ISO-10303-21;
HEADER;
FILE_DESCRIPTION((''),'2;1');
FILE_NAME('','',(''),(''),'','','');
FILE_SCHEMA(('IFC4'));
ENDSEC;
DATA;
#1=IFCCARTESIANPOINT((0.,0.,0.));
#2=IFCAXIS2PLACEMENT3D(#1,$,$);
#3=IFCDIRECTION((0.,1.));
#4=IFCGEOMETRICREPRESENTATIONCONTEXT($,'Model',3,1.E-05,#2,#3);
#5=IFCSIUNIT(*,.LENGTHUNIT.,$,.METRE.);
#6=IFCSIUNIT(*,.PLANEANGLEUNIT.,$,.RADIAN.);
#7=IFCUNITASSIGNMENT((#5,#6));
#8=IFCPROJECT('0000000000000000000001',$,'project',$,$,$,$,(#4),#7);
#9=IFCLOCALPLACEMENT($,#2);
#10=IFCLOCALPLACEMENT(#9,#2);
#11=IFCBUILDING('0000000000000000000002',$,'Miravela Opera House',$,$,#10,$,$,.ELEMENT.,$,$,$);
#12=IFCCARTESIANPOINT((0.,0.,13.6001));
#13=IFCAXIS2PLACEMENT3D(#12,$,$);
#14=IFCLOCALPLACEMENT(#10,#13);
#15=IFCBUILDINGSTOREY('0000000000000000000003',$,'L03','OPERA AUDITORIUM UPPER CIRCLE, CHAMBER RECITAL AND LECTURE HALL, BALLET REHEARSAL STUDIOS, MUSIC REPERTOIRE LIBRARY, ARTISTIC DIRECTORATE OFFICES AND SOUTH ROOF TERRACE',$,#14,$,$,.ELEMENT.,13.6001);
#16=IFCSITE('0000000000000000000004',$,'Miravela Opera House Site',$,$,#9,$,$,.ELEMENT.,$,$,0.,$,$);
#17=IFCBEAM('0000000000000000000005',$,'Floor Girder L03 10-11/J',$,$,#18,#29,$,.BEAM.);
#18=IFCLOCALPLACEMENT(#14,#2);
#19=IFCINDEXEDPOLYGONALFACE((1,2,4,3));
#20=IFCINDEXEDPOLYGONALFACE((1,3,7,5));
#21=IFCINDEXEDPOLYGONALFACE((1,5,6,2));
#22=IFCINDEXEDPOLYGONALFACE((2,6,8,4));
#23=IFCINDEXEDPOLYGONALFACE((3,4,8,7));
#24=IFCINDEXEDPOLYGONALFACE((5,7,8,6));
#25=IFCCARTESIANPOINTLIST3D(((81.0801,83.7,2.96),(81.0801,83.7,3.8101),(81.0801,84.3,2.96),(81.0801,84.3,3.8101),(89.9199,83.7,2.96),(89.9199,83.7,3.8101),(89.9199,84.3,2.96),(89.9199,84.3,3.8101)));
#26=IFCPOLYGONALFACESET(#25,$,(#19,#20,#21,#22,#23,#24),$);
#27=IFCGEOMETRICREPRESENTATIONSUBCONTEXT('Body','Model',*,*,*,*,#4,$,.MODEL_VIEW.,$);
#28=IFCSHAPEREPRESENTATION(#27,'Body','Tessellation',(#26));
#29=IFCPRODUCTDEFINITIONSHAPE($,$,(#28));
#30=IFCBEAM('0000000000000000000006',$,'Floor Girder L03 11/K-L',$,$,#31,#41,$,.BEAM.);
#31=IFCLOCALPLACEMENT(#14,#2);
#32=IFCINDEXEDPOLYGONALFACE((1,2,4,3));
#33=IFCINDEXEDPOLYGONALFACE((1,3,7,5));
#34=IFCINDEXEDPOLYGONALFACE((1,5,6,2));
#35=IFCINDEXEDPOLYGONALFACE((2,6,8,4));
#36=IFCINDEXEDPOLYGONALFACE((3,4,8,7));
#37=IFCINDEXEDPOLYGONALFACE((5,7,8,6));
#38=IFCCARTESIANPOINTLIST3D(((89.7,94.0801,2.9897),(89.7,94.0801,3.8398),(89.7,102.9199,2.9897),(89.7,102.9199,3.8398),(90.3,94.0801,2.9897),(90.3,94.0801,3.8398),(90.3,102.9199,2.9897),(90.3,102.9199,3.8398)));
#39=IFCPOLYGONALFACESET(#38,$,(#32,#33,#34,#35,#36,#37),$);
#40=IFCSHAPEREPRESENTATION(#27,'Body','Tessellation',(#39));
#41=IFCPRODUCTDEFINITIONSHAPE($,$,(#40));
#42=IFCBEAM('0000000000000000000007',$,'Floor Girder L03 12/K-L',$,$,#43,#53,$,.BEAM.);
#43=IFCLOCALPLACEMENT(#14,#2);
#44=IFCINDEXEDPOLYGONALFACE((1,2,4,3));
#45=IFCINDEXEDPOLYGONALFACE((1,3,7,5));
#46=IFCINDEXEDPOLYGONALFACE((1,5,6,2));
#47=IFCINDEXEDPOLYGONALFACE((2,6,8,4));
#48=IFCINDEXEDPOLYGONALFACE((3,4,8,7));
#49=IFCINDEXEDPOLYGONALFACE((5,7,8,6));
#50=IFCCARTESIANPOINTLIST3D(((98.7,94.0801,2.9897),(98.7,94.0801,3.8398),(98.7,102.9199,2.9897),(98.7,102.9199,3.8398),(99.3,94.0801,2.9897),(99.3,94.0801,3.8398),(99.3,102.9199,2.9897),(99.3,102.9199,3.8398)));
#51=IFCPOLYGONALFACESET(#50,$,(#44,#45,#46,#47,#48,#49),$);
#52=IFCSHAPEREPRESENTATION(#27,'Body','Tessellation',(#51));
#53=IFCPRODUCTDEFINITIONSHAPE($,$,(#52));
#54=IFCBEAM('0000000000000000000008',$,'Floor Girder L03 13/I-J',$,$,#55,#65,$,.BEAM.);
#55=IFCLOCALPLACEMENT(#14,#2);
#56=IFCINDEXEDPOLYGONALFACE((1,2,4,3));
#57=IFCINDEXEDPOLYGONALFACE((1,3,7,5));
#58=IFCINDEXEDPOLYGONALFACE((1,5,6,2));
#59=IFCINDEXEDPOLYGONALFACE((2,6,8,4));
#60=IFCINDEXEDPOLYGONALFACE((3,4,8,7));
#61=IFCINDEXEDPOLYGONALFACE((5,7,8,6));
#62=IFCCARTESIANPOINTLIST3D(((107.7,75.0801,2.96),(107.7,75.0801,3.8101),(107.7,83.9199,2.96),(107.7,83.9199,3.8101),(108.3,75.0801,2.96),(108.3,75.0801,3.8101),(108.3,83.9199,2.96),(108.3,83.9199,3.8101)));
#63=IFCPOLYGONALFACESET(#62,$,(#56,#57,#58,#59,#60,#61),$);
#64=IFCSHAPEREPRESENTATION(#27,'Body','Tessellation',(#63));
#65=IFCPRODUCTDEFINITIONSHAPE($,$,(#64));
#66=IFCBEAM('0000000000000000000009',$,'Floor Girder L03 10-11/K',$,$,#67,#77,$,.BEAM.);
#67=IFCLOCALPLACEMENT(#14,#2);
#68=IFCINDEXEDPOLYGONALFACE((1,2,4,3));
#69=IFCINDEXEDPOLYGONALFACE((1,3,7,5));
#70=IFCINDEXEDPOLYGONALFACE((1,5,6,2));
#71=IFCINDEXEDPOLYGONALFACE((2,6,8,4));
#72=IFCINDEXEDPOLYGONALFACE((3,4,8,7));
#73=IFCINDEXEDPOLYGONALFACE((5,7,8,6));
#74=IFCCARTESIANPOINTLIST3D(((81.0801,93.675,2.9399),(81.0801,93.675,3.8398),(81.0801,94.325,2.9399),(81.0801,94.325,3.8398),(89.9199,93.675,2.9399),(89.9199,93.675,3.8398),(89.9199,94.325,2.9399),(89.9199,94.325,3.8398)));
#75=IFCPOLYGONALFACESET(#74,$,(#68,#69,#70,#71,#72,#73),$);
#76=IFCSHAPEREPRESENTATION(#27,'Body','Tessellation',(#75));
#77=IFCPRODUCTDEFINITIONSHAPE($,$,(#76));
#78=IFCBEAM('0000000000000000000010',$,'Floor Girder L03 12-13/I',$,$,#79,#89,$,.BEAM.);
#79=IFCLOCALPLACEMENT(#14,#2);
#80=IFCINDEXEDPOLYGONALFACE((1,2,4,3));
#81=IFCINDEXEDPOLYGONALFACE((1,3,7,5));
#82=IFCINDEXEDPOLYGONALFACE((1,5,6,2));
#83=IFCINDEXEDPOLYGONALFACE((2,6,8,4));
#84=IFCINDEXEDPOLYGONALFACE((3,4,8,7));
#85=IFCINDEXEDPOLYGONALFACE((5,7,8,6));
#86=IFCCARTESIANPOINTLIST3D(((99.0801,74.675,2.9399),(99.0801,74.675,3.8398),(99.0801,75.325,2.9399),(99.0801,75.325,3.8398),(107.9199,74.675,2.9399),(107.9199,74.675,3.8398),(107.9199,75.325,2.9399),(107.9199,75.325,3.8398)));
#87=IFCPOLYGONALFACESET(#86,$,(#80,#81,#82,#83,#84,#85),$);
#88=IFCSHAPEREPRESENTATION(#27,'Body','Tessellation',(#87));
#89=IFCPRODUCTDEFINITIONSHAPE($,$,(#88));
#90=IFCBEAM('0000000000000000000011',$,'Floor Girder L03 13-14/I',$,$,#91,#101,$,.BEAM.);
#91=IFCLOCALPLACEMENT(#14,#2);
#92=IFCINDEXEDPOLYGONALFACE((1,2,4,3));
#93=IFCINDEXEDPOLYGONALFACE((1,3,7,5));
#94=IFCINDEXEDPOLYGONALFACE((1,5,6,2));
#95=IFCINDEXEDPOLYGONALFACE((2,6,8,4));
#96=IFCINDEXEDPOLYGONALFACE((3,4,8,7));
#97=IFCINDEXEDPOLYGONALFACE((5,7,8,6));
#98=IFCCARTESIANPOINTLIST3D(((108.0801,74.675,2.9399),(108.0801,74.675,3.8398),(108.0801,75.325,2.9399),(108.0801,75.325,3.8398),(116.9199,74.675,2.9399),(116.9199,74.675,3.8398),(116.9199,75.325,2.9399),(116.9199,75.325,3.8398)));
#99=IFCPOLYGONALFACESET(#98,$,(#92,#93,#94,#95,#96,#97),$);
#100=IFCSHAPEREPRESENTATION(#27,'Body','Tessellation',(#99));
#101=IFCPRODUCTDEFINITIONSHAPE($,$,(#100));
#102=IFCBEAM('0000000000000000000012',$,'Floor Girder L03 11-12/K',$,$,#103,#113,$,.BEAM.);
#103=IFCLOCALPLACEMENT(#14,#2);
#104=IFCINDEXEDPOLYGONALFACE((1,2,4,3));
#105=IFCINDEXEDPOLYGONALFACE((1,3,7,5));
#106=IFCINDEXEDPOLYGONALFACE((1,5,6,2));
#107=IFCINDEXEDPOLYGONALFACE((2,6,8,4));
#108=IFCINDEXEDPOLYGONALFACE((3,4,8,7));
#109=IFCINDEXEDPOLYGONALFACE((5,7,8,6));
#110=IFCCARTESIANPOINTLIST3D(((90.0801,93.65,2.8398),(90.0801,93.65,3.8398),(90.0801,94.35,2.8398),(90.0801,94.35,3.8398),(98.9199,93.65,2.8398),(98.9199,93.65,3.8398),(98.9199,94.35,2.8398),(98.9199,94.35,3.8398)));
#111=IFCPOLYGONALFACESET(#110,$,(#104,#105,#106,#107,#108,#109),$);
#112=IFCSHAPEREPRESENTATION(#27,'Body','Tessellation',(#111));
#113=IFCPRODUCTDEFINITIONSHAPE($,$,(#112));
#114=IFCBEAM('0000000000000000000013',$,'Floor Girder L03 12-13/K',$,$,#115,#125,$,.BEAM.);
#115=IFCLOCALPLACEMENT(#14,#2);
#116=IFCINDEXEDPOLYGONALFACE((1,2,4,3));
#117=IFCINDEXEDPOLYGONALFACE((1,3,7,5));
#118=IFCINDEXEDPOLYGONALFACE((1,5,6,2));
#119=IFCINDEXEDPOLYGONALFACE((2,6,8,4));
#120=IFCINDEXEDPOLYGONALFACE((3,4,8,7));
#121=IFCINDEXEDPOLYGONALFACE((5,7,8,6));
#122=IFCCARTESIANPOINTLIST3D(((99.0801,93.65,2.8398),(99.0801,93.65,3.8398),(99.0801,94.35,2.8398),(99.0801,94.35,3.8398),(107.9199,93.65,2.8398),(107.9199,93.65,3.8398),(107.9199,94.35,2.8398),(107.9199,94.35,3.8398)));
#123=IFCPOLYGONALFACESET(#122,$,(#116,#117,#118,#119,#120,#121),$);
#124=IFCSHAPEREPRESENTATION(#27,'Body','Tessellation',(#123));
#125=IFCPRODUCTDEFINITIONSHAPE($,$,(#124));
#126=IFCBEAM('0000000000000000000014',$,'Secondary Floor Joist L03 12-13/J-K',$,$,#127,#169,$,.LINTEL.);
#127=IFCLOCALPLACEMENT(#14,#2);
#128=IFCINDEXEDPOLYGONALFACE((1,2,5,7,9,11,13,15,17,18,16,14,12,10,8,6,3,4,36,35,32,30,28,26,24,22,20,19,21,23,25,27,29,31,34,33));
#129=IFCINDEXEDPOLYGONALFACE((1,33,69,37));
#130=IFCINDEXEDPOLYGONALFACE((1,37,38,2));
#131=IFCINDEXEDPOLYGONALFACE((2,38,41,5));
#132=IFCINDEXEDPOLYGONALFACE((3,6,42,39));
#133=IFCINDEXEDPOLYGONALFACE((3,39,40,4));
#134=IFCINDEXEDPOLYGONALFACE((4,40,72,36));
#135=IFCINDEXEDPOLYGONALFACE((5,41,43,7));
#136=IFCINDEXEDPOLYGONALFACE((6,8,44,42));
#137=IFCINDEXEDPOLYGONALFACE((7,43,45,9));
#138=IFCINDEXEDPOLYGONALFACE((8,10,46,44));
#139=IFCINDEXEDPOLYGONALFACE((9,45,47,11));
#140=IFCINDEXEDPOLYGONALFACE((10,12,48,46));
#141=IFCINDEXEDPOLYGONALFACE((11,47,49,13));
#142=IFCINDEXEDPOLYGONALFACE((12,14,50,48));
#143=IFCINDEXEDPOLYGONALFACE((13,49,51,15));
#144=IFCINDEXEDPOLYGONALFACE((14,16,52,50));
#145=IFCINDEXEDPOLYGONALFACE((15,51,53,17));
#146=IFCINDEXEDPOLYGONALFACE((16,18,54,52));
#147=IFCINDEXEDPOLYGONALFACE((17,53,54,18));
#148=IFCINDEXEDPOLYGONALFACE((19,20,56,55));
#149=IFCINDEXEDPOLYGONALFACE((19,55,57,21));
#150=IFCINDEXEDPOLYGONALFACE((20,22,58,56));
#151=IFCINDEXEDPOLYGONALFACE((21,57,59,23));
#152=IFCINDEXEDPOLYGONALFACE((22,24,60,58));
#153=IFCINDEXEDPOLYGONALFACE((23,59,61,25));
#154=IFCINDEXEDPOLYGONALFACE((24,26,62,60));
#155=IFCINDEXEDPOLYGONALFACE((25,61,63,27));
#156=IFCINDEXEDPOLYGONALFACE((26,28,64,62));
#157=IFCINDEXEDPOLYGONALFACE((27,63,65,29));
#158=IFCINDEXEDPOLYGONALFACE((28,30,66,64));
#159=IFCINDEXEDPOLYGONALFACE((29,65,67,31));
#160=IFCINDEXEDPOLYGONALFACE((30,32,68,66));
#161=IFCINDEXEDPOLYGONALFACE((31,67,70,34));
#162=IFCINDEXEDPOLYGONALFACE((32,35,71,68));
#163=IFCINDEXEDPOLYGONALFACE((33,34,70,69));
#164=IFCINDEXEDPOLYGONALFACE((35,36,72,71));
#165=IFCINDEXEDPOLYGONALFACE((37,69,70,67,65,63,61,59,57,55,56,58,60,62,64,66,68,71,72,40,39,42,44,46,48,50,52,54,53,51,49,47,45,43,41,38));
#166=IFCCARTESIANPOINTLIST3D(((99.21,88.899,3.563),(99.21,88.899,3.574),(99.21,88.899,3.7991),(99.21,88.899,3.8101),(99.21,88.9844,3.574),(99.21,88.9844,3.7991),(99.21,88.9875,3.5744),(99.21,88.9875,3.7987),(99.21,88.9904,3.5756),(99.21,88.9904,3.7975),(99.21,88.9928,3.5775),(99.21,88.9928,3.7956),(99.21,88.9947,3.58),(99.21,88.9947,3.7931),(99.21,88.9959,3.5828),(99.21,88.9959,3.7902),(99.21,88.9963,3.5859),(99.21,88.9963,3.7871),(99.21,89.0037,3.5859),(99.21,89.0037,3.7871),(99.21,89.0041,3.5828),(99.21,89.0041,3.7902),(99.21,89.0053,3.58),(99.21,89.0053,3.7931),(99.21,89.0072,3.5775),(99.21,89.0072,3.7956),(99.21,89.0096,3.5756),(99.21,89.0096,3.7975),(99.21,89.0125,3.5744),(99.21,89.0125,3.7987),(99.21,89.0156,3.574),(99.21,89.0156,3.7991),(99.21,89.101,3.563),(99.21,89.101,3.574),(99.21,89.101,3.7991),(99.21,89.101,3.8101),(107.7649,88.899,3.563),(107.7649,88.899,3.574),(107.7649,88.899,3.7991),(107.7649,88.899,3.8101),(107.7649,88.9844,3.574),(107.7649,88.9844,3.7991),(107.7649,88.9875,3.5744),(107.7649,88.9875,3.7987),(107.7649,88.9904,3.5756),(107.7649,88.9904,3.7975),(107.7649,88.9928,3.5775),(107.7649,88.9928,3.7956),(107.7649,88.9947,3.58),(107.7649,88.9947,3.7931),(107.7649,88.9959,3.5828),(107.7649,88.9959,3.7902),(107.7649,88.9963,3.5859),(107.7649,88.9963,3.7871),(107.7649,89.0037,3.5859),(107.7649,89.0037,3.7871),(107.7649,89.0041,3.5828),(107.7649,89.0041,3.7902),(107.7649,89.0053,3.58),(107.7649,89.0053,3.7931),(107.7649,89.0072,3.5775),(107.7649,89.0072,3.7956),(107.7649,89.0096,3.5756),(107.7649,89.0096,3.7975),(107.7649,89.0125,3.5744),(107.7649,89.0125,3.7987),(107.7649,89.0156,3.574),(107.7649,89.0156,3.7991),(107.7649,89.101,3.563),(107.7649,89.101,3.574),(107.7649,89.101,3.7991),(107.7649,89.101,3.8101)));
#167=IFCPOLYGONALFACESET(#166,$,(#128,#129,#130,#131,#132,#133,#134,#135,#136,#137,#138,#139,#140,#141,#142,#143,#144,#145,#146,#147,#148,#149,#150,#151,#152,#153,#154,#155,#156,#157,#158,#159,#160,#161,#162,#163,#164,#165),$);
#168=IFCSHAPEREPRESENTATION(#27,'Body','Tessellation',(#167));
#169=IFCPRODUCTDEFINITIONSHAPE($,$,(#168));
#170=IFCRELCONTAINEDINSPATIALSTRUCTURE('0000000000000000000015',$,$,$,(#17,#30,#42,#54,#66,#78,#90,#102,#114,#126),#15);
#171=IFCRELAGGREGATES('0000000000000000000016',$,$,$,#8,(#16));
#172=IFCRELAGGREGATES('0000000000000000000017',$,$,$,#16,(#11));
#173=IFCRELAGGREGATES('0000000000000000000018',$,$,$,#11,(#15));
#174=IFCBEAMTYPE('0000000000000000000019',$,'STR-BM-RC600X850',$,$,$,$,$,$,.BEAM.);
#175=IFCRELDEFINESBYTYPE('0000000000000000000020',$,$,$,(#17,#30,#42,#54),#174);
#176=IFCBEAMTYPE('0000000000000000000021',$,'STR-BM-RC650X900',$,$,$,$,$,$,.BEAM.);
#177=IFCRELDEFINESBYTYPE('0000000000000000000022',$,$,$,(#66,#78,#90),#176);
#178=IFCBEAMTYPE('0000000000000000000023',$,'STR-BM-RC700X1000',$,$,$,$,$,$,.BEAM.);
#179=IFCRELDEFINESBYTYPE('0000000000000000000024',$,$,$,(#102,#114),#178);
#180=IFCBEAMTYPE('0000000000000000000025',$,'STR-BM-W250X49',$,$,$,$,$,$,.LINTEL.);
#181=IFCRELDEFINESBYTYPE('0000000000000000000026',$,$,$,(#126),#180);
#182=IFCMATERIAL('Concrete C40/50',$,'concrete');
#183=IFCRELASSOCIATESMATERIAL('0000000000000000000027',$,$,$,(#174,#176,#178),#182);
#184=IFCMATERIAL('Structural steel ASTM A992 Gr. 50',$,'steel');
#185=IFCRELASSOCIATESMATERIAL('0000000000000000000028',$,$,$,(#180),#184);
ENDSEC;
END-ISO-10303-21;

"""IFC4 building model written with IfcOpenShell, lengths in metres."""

from ifc_helpers import new_model, si_unit, direction, frame, origin, origin_2d, place, context, subcontext, project, spatial, rectangle, i_section, extrude, material, material_profile, profile_set, type_object, element, save


model = new_model("IFC4")

# Units and contexts
model_context = context("Model", 3, precision=1e-05, world=origin(), true_north=direction((0.0, 1.0)))
body_context = subcontext(model_context, "Body", "Model", "MODEL_VIEW")
ifc_project = project(units=[si_unit("LENGTHUNIT", "METRE"), si_unit("PLANEANGLEUNIT", "RADIAN")], contexts=[model_context])

# Site, building, storey
site_placement = place(None, origin())
site = spatial("IfcSite", under=ifc_project, at=site_placement, Name="Miravela Opera House Site", CompositionType="ELEMENT", RefElevation=0.0)
building_placement = place(site_placement, origin())
building = spatial("IfcBuilding", under=site, at=building_placement, Name="Miravela Opera House", CompositionType="ELEMENT")
storey_placement = place(building_placement, frame((0.0, 0.0, 13.6001)))
storey = spatial("IfcBuildingStorey", under=building, at=storey_placement, Name="L03", Description="OPERA AUDITORIUM UPPER CIRCLE, CHAMBER RECITAL AND LECTURE HALL, BALLET REHEARSAL STUDIOS, MUSIC REPERTOIRE LIBRARY, ARTISTIC DIRECTORATE OFFICES AND SOUTH ROOF TERRACE", CompositionType="ELEMENT", Elevation=13.6001)

# Beams
ifc_material_1 = material(Name="Concrete C40/50", Category="concrete")
ifc_material_profile_1 = material_profile(ifc_material_1, rectangle(XDim=0.6001, YDim=0.8501, at=origin_2d()), Name="RC-BM-600X850")
ifc_profile_set_1 = profile_set([ifc_material_profile_1])
beam_type_1 = type_object("IfcBeamType", Name="STR-BM-RC600X850", PredefinedType="BEAM", material=ifc_profile_set_1)
for number, where, z_axis, x_axis, name in (
    (1, (81.0801, 84.0, 3.385), (1.0, 0.0, 0.0), (0.0, 1.0, 0.0), "Floor Girder L03 10-11/J"),
    (2, (90.0, 94.0801, 3.4148), (0.0, 1.0, 0.0), (-1.0, 0.0, 0.0), "Floor Girder L03 11/K-L"),
    (3, (99.0, 94.0801, 3.4148), (0.0, 1.0, 0.0), (-1.0, 0.0, 0.0), "Floor Girder L03 12/K-L"),
    (4, (108.0, 75.0801, 3.385), (0.0, 1.0, 0.0), (-1.0, 0.0, 0.0), "Floor Girder L03 13/I-J"),
):
    element("IfcBeam", number, at=place(storey_placement, frame(where, z_axis=z_axis, x_axis=x_axis)), inside=storey, type_object=beam_type_1, Name=name, PredefinedType="BEAM", context=body_context, shape_type="SweptSolid", body=[
        extrude(rectangle(XDim=0.6001, YDim=0.8501, at=origin_2d()), origin(), (0.0, 0.0, 1.0), 8.8398),
    ])
ifc_material_profile_2 = material_profile(ifc_material_1, rectangle(XDim=0.6499, YDim=0.8999, at=origin_2d()), Name="RC-BM-650X900")
ifc_profile_set_2 = profile_set([ifc_material_profile_2])
beam_type_2 = type_object("IfcBeamType", Name="STR-BM-RC650X900", PredefinedType="BEAM", material=ifc_profile_set_2)
for number, where, z_axis, x_axis, name in (
    (5, (81.0801, 94.0, 3.3899), (1.0, 0.0, 0.0), (0.0, 1.0, 0.0), "Floor Girder L03 10-11/K"),
    (6, (99.0801, 75.0, 3.3899), (1.0, 0.0, 0.0), (0.0, 1.0, 0.0), "Floor Girder L03 12-13/I"),
    (7, (108.0801, 75.0, 3.3899), (1.0, 0.0, 0.0), (0.0, 1.0, 0.0), "Floor Girder L03 13-14/I"),
):
    element("IfcBeam", number, at=place(storey_placement, frame(where, z_axis=z_axis, x_axis=x_axis)), inside=storey, type_object=beam_type_2, Name=name, PredefinedType="BEAM", context=body_context, shape_type="SweptSolid", body=[
        extrude(rectangle(XDim=0.6499, YDim=0.8999, at=origin_2d()), origin(), (0.0, 0.0, 1.0), 8.8398),
    ])
ifc_material_profile_3 = material_profile(ifc_material_1, rectangle(XDim=0.7, YDim=1.0, at=origin_2d()), Name="RC-BM-700X1000")
ifc_profile_set_3 = profile_set([ifc_material_profile_3])
beam_type_3 = type_object("IfcBeamType", Name="STR-BM-RC700X1000", PredefinedType="BEAM", material=ifc_profile_set_3)
for number, where, z_axis, x_axis, name in (
    (8, (90.0801, 94.0, 3.3398), (1.0, 0.0, 0.0), (0.0, 1.0, 0.0), "Floor Girder L03 11-12/K"),
    (9, (99.0801, 94.0, 3.3398), (1.0, 0.0, 0.0), (0.0, 1.0, 0.0), "Floor Girder L03 12-13/K"),
):
    element("IfcBeam", number, at=place(storey_placement, frame(where, z_axis=z_axis, x_axis=x_axis)), inside=storey, type_object=beam_type_3, Name=name, PredefinedType="BEAM", context=body_context, shape_type="SweptSolid", body=[
        extrude(rectangle(XDim=0.7, YDim=1.0, at=origin_2d()), origin(), (0.0, 0.0, 1.0), 8.8398),
    ])
ifc_material_2 = material(Name="Structural steel ASTM A992 Gr. 50", Category="steel")
ifc_material_profile_4 = material_profile(ifc_material_2, i_section(OverallWidth=0.2019, OverallDepth=0.2471, WebThickness=0.0073, FlangeThickness=0.011, FilletRadius=0.012, at=origin_2d()), Name="W250X49")
ifc_profile_set_4 = profile_set([ifc_material_profile_4])
beam_type_4 = type_object("IfcBeamType", Name="STR-BM-W250X49", PredefinedType="LINTEL", material=ifc_profile_set_4)
beam_1_placement = place(storey_placement, frame((99.21, 89.0, 3.6865), z_axis=(1.0, 0.0, 0.0), x_axis=(0.0, 1.0, 0.0)))
element("IfcBeam", 10, at=beam_1_placement, inside=storey, type_object=beam_type_4, Name="Secondary Floor Joist L03 12-13/J-K", PredefinedType="LINTEL", context=body_context, shape_type="SweptSolid", body=[
    extrude(i_section(OverallWidth=0.2019, OverallDepth=0.2471, WebThickness=0.0073, FlangeThickness=0.011, FilletRadius=0.012, at=origin_2d()), origin(), (0.0, 0.0, 1.0), 8.5549),
])

save(model, "model.ifc")
